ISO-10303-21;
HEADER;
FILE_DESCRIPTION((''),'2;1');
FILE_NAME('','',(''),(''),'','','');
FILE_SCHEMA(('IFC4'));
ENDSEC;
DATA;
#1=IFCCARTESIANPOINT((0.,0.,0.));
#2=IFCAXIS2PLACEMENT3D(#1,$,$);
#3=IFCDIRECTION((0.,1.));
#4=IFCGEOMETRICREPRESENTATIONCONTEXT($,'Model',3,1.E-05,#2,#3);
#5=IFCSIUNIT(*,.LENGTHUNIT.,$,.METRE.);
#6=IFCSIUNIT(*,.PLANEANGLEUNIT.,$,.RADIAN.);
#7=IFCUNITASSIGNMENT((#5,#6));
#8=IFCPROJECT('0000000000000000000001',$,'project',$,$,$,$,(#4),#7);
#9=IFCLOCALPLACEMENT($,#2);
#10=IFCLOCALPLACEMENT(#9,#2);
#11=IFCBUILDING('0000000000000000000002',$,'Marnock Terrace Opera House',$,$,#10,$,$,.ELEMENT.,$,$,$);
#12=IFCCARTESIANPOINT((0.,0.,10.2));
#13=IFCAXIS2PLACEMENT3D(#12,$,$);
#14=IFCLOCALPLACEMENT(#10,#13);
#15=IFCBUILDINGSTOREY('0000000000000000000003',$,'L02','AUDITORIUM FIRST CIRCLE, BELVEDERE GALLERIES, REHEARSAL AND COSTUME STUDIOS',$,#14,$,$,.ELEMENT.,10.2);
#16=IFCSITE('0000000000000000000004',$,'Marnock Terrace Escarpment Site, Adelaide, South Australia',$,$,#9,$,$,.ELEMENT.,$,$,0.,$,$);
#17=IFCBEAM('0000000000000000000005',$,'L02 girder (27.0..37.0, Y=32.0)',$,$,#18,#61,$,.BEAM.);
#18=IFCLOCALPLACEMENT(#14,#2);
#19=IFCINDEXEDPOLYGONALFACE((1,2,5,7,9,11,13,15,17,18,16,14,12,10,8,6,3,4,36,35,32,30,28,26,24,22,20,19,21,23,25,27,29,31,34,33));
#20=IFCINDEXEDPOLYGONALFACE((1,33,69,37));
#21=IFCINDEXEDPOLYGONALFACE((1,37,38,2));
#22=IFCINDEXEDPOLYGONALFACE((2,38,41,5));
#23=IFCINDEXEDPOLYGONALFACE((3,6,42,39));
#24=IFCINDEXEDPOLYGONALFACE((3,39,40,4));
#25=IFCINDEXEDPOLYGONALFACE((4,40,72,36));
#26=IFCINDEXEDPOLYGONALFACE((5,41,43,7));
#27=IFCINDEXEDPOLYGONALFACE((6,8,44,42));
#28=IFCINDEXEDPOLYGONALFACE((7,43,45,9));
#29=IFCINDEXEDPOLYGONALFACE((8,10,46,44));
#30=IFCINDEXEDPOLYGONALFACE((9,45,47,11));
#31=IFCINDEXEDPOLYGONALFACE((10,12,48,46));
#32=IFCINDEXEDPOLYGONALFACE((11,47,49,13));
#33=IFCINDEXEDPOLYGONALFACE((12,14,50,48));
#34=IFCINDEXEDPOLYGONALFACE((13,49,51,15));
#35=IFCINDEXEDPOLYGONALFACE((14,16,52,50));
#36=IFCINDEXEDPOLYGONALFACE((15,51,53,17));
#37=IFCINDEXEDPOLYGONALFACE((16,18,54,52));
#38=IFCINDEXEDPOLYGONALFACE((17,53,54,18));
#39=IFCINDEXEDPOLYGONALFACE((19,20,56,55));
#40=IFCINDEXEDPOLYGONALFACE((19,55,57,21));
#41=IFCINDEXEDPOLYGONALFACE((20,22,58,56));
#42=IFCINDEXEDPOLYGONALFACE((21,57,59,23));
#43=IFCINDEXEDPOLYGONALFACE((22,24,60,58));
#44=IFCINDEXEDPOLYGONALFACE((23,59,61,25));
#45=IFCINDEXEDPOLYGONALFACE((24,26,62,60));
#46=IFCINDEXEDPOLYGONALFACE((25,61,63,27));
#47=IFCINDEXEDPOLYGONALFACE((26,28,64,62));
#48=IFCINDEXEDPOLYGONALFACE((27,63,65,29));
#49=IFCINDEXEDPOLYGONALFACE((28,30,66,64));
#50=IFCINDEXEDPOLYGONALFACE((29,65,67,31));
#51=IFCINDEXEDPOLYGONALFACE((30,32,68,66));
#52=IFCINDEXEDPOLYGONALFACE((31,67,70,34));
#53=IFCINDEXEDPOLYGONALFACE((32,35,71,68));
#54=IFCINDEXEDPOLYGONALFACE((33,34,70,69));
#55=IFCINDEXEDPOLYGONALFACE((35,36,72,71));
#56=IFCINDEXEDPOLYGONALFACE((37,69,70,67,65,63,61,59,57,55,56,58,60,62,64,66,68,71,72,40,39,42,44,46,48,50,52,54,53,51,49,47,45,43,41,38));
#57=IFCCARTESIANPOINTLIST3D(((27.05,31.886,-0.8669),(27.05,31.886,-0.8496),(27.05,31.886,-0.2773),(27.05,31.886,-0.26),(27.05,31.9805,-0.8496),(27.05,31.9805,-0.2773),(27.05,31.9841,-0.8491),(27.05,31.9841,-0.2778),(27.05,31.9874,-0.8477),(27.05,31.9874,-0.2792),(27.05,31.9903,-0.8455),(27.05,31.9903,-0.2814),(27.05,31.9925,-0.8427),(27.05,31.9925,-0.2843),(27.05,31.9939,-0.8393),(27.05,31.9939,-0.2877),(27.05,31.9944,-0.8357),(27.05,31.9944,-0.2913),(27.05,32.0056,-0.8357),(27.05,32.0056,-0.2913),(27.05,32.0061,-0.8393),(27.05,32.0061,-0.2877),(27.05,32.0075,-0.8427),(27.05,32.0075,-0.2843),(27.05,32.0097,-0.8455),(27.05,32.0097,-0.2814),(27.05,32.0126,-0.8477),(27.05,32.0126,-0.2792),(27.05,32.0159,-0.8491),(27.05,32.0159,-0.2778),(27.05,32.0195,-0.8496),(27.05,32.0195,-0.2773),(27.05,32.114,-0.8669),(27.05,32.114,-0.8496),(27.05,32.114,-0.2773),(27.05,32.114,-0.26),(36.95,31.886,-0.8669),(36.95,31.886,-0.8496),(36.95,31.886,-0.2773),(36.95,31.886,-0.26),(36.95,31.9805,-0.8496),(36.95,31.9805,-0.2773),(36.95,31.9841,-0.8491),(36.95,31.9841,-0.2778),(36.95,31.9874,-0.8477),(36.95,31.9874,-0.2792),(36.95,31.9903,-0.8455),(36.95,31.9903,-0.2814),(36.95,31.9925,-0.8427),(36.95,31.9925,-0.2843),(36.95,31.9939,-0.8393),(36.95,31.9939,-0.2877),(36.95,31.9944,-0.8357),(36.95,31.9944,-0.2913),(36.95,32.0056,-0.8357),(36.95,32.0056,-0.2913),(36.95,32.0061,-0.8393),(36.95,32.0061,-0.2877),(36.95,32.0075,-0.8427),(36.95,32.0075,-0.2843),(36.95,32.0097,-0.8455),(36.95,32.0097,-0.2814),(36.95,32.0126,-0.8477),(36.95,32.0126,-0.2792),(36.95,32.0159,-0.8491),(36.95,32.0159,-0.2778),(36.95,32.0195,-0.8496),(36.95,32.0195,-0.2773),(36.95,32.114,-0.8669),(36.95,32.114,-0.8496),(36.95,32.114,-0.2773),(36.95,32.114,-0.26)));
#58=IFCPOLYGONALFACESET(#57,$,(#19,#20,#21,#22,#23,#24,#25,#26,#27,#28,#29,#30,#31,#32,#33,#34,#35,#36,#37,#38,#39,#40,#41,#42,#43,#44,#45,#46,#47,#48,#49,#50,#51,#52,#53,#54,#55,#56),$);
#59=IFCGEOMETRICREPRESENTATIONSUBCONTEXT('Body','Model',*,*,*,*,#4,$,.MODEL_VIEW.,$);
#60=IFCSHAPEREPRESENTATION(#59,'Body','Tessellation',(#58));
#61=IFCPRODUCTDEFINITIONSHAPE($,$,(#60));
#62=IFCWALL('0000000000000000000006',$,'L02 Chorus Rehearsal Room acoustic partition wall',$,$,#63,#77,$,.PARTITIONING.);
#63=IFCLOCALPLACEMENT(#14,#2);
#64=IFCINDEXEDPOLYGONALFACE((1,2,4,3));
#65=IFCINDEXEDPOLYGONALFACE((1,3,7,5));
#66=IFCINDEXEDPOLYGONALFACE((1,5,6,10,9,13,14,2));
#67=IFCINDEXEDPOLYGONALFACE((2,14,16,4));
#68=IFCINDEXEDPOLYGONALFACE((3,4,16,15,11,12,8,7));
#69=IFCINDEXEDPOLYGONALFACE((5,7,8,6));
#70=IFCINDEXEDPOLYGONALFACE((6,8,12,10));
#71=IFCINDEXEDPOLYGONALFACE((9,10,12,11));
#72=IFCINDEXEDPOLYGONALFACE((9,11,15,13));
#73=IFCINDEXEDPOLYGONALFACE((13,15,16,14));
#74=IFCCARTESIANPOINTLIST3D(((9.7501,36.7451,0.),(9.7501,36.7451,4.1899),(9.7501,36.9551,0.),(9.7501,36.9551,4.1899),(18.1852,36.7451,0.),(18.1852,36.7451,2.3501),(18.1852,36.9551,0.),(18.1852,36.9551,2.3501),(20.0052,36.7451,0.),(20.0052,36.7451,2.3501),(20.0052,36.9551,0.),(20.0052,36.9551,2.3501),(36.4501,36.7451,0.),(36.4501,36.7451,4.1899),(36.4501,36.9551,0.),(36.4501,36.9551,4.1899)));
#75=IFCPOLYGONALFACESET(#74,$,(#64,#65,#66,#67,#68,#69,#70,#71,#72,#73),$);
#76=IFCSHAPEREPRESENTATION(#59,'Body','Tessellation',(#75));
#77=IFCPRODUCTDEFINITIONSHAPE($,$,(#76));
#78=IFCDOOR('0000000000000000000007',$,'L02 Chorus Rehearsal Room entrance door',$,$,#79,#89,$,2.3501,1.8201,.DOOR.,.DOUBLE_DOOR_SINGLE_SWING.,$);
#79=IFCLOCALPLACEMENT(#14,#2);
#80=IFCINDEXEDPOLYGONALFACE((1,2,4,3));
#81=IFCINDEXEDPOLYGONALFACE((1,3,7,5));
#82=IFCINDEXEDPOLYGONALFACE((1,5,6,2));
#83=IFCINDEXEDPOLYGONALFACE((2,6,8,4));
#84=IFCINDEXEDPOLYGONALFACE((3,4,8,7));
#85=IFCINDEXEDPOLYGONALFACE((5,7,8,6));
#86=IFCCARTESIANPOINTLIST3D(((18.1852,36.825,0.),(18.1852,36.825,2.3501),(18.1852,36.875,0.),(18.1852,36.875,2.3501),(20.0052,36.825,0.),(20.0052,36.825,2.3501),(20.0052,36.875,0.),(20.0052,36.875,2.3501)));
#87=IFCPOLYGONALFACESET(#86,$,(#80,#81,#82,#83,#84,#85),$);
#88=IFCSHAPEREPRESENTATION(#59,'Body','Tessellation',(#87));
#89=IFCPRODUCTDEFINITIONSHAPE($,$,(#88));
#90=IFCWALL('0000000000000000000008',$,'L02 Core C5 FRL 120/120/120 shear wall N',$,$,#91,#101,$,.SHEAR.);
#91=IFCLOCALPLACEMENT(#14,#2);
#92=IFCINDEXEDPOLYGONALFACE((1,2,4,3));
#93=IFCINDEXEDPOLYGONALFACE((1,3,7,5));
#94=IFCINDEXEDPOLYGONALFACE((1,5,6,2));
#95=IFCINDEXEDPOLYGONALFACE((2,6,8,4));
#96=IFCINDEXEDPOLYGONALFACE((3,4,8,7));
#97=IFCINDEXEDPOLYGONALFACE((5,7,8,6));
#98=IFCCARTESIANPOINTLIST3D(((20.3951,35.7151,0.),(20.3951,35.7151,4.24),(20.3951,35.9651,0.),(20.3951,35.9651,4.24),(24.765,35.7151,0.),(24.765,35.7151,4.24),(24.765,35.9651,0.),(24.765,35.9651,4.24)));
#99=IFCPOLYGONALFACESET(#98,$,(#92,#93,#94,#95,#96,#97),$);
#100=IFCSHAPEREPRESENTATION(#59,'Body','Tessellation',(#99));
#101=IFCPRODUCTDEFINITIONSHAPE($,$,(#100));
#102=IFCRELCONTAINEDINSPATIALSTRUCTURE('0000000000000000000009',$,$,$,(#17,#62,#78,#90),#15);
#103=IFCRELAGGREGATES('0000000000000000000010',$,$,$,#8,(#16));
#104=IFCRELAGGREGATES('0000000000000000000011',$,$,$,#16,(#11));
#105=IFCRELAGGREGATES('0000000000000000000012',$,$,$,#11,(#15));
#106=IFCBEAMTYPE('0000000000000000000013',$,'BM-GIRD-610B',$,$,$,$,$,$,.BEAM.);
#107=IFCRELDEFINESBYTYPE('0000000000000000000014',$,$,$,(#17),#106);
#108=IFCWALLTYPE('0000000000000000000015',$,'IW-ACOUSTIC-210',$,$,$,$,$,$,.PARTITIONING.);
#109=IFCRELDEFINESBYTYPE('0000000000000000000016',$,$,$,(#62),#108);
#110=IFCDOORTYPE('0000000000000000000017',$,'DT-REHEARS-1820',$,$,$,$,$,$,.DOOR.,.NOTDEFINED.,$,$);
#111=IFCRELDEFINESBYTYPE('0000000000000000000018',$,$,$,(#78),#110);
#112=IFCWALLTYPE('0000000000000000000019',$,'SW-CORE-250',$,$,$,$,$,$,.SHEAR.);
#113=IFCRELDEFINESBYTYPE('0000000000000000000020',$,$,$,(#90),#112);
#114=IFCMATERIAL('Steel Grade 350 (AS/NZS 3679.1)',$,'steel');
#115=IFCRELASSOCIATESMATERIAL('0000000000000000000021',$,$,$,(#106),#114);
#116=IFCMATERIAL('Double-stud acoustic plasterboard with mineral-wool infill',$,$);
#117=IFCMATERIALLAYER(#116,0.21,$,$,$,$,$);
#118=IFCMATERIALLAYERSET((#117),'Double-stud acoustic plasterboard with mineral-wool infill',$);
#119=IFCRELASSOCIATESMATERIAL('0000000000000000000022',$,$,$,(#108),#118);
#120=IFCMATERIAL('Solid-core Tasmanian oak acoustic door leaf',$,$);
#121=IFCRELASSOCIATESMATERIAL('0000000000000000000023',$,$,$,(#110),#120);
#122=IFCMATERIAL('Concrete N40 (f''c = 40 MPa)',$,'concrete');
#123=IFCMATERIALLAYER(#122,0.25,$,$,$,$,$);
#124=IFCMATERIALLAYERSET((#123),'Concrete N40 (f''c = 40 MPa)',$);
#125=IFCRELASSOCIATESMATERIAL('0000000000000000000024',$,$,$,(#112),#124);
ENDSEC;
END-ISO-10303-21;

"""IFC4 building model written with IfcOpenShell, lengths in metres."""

from ifc_helpers import new_model, si_unit, direction, frame, frame_2d, origin, origin_2d, place, context, subcontext, project, spatial, rectangle, i_section, extrude, material, layer, layer_set, material_profile, profile_set, type_object, element, fill, save


model = new_model("IFC4")

# Units and contexts
model_context = context("Model", 3, precision=1e-05, world=origin(), true_north=direction((0.0, 1.0)))
body_context = subcontext(model_context, "Body", "Model", "MODEL_VIEW")
ifc_project = project(units=[si_unit("LENGTHUNIT", "METRE"), si_unit("PLANEANGLEUNIT", "RADIAN")], contexts=[model_context])

# Site, building, storey
site_placement = place(None, origin())
site = spatial("IfcSite", under=ifc_project, at=site_placement, Name="Marnock Terrace Escarpment Site, Adelaide, South Australia", CompositionType="ELEMENT", RefElevation=0.0)
building_placement = place(site_placement, origin())
building = spatial("IfcBuilding", under=site, at=building_placement, Name="Marnock Terrace Opera House", CompositionType="ELEMENT")
storey_placement = place(building_placement, frame((0.0, 0.0, 10.2)))
storey = spatial("IfcBuildingStorey", under=building, at=storey_placement, Name="L02", Description="AUDITORIUM FIRST CIRCLE, BELVEDERE GALLERIES, REHEARSAL AND COSTUME STUDIOS", CompositionType="ELEMENT", Elevation=10.2)

# Shared definitions
ifc_material_1 = material(Name="Concrete N40 (f'c = 40 MPa)", Category="concrete")
ifc_material_2 = material(Name="Steel Grade 350 (AS/NZS 3679.1)", Category="steel")

# Beam
ifc_material_profile_1 = material_profile(ifc_material_2, i_section(OverallWidth=0.228, OverallDepth=0.6069, WebThickness=0.0112, FlangeThickness=0.0173, FilletRadius=0.0139, at=origin_2d()))
ifc_profile_set_1 = profile_set([ifc_material_profile_1], Name="Steel Grade 350 (AS/NZS 3679.1)")
beam_type_1 = type_object("IfcBeamType", Name="BM-GIRD-610B", PredefinedType="BEAM", material=ifc_profile_set_1)
beam_1_placement = place(storey_placement, frame((27.05, 32.0, -0.5635), z_axis=(1.0, 0.0, 0.0), x_axis=(0.0, 1.0, 0.0)))
element("IfcBeam", 1, at=beam_1_placement, inside=storey, type_object=beam_type_1, Name="L02 girder (27.0..37.0, Y=32.0)", PredefinedType="BEAM", context=body_context, shape_type="SweptSolid", body=[
    extrude(i_section(OverallWidth=0.228, OverallDepth=0.6069, WebThickness=0.0112, FlangeThickness=0.0173, FilletRadius=0.0139, at=origin_2d()), origin(), (0.0, 0.0, 1.0), 9.8999),
])

# Wall, opening, door
ifc_material_3 = material(Name="Double-stud acoustic plasterboard with mineral-wool infill")
ifc_layer_1 = layer(ifc_material_3, 0.21)
ifc_layer_set_1 = layer_set([ifc_layer_1], Name="Double-stud acoustic plasterboard with mineral-wool infill")
wall_type_1 = type_object("IfcWallType", Name="IW-ACOUSTIC-210", PredefinedType="PARTITIONING", material=ifc_layer_set_1)
wall_1_placement = place(storey_placement, frame((9.75, 36.8501, 0.0), z_axis=(0.0, 0.0, 1.0), x_axis=(1.0, 0.0, 0.0)))
wall_1 = element("IfcWall", 2, at=wall_1_placement, inside=storey, type_object=wall_type_1, Name="L02 Chorus Rehearsal Room acoustic partition wall", PredefinedType="PARTITIONING", context=body_context, shape_type="SweptSolid", body=[
    extrude(rectangle(XDim=26.7, YDim=0.21, at=frame_2d((13.3501, 0.0))), origin(), (0.0, 0.0, 1.0), 4.1899),
])
opening_placement = place(wall_1_placement, frame((8.4351, 0.0, 0.0)))
opening = element("IfcOpeningElement", 3, at=opening_placement, cuts=wall_1, PredefinedType="OPENING", context=body_context, shape_type="SweptSolid", body=[
    extrude(rectangle(XDim=1.8201, YDim=2.3501, at=frame_2d((0.9102, 1.175))), frame((0.0, 0.115, 0.0), z_axis=(0.0, -1.0, 0.0), x_axis=(1.0, 0.0, 0.0)), (0.0, 0.0, 1.0), 0.23),
])
ifc_material_4 = material(Name="Solid-core Tasmanian oak acoustic door leaf")
door_type = type_object("IfcDoorType", Name="DT-REHEARS-1820", OperationType="NOTDEFINED", PredefinedType="DOOR", material=ifc_material_4)
door_placement = place(opening_placement, origin())
door = element("IfcDoor", 4, at=door_placement, inside=storey, type_object=door_type, Name="L02 Chorus Rehearsal Room entrance door", OperationType="DOUBLE_DOOR_SINGLE_SWING", OverallHeight=2.3501, OverallWidth=1.8201, PredefinedType="DOOR", context=body_context, shape_type="SweptSolid", body=[
    extrude(rectangle(XDim=1.8201, YDim=2.3501, at=frame_2d((0.9102, 1.175))), frame((0.0, 0.0249, 0.0), z_axis=(0.0, -1.0, 0.0), x_axis=(1.0, 0.0, 0.0)), (0.0, 0.0, 1.0), 0.05),
])
fill(opening, door)

# Wall
ifc_layer_2 = layer(ifc_material_1, 0.25)
ifc_layer_set_2 = layer_set([ifc_layer_2], Name="Concrete N40 (f'c = 40 MPa)")
wall_type_2 = type_object("IfcWallType", Name="SW-CORE-250", PredefinedType="SHEAR", material=ifc_layer_set_2)
wall_2_placement = place(storey_placement, frame((20.395, 35.8401, 0.0), z_axis=(0.0, 0.0, 1.0), x_axis=(1.0, 0.0, 0.0)))
element("IfcWall", 5, at=wall_2_placement, inside=storey, type_object=wall_type_2, Name="L02 Core C5 FRL 120/120/120 shear wall N", PredefinedType="SHEAR", context=body_context, shape_type="SweptSolid", body=[
    extrude(rectangle(XDim=4.3699, YDim=0.25, at=frame_2d((2.1851, 0.0))), origin(), (0.0, 0.0, 1.0), 4.24),
])

save(model, "model.ifc")
